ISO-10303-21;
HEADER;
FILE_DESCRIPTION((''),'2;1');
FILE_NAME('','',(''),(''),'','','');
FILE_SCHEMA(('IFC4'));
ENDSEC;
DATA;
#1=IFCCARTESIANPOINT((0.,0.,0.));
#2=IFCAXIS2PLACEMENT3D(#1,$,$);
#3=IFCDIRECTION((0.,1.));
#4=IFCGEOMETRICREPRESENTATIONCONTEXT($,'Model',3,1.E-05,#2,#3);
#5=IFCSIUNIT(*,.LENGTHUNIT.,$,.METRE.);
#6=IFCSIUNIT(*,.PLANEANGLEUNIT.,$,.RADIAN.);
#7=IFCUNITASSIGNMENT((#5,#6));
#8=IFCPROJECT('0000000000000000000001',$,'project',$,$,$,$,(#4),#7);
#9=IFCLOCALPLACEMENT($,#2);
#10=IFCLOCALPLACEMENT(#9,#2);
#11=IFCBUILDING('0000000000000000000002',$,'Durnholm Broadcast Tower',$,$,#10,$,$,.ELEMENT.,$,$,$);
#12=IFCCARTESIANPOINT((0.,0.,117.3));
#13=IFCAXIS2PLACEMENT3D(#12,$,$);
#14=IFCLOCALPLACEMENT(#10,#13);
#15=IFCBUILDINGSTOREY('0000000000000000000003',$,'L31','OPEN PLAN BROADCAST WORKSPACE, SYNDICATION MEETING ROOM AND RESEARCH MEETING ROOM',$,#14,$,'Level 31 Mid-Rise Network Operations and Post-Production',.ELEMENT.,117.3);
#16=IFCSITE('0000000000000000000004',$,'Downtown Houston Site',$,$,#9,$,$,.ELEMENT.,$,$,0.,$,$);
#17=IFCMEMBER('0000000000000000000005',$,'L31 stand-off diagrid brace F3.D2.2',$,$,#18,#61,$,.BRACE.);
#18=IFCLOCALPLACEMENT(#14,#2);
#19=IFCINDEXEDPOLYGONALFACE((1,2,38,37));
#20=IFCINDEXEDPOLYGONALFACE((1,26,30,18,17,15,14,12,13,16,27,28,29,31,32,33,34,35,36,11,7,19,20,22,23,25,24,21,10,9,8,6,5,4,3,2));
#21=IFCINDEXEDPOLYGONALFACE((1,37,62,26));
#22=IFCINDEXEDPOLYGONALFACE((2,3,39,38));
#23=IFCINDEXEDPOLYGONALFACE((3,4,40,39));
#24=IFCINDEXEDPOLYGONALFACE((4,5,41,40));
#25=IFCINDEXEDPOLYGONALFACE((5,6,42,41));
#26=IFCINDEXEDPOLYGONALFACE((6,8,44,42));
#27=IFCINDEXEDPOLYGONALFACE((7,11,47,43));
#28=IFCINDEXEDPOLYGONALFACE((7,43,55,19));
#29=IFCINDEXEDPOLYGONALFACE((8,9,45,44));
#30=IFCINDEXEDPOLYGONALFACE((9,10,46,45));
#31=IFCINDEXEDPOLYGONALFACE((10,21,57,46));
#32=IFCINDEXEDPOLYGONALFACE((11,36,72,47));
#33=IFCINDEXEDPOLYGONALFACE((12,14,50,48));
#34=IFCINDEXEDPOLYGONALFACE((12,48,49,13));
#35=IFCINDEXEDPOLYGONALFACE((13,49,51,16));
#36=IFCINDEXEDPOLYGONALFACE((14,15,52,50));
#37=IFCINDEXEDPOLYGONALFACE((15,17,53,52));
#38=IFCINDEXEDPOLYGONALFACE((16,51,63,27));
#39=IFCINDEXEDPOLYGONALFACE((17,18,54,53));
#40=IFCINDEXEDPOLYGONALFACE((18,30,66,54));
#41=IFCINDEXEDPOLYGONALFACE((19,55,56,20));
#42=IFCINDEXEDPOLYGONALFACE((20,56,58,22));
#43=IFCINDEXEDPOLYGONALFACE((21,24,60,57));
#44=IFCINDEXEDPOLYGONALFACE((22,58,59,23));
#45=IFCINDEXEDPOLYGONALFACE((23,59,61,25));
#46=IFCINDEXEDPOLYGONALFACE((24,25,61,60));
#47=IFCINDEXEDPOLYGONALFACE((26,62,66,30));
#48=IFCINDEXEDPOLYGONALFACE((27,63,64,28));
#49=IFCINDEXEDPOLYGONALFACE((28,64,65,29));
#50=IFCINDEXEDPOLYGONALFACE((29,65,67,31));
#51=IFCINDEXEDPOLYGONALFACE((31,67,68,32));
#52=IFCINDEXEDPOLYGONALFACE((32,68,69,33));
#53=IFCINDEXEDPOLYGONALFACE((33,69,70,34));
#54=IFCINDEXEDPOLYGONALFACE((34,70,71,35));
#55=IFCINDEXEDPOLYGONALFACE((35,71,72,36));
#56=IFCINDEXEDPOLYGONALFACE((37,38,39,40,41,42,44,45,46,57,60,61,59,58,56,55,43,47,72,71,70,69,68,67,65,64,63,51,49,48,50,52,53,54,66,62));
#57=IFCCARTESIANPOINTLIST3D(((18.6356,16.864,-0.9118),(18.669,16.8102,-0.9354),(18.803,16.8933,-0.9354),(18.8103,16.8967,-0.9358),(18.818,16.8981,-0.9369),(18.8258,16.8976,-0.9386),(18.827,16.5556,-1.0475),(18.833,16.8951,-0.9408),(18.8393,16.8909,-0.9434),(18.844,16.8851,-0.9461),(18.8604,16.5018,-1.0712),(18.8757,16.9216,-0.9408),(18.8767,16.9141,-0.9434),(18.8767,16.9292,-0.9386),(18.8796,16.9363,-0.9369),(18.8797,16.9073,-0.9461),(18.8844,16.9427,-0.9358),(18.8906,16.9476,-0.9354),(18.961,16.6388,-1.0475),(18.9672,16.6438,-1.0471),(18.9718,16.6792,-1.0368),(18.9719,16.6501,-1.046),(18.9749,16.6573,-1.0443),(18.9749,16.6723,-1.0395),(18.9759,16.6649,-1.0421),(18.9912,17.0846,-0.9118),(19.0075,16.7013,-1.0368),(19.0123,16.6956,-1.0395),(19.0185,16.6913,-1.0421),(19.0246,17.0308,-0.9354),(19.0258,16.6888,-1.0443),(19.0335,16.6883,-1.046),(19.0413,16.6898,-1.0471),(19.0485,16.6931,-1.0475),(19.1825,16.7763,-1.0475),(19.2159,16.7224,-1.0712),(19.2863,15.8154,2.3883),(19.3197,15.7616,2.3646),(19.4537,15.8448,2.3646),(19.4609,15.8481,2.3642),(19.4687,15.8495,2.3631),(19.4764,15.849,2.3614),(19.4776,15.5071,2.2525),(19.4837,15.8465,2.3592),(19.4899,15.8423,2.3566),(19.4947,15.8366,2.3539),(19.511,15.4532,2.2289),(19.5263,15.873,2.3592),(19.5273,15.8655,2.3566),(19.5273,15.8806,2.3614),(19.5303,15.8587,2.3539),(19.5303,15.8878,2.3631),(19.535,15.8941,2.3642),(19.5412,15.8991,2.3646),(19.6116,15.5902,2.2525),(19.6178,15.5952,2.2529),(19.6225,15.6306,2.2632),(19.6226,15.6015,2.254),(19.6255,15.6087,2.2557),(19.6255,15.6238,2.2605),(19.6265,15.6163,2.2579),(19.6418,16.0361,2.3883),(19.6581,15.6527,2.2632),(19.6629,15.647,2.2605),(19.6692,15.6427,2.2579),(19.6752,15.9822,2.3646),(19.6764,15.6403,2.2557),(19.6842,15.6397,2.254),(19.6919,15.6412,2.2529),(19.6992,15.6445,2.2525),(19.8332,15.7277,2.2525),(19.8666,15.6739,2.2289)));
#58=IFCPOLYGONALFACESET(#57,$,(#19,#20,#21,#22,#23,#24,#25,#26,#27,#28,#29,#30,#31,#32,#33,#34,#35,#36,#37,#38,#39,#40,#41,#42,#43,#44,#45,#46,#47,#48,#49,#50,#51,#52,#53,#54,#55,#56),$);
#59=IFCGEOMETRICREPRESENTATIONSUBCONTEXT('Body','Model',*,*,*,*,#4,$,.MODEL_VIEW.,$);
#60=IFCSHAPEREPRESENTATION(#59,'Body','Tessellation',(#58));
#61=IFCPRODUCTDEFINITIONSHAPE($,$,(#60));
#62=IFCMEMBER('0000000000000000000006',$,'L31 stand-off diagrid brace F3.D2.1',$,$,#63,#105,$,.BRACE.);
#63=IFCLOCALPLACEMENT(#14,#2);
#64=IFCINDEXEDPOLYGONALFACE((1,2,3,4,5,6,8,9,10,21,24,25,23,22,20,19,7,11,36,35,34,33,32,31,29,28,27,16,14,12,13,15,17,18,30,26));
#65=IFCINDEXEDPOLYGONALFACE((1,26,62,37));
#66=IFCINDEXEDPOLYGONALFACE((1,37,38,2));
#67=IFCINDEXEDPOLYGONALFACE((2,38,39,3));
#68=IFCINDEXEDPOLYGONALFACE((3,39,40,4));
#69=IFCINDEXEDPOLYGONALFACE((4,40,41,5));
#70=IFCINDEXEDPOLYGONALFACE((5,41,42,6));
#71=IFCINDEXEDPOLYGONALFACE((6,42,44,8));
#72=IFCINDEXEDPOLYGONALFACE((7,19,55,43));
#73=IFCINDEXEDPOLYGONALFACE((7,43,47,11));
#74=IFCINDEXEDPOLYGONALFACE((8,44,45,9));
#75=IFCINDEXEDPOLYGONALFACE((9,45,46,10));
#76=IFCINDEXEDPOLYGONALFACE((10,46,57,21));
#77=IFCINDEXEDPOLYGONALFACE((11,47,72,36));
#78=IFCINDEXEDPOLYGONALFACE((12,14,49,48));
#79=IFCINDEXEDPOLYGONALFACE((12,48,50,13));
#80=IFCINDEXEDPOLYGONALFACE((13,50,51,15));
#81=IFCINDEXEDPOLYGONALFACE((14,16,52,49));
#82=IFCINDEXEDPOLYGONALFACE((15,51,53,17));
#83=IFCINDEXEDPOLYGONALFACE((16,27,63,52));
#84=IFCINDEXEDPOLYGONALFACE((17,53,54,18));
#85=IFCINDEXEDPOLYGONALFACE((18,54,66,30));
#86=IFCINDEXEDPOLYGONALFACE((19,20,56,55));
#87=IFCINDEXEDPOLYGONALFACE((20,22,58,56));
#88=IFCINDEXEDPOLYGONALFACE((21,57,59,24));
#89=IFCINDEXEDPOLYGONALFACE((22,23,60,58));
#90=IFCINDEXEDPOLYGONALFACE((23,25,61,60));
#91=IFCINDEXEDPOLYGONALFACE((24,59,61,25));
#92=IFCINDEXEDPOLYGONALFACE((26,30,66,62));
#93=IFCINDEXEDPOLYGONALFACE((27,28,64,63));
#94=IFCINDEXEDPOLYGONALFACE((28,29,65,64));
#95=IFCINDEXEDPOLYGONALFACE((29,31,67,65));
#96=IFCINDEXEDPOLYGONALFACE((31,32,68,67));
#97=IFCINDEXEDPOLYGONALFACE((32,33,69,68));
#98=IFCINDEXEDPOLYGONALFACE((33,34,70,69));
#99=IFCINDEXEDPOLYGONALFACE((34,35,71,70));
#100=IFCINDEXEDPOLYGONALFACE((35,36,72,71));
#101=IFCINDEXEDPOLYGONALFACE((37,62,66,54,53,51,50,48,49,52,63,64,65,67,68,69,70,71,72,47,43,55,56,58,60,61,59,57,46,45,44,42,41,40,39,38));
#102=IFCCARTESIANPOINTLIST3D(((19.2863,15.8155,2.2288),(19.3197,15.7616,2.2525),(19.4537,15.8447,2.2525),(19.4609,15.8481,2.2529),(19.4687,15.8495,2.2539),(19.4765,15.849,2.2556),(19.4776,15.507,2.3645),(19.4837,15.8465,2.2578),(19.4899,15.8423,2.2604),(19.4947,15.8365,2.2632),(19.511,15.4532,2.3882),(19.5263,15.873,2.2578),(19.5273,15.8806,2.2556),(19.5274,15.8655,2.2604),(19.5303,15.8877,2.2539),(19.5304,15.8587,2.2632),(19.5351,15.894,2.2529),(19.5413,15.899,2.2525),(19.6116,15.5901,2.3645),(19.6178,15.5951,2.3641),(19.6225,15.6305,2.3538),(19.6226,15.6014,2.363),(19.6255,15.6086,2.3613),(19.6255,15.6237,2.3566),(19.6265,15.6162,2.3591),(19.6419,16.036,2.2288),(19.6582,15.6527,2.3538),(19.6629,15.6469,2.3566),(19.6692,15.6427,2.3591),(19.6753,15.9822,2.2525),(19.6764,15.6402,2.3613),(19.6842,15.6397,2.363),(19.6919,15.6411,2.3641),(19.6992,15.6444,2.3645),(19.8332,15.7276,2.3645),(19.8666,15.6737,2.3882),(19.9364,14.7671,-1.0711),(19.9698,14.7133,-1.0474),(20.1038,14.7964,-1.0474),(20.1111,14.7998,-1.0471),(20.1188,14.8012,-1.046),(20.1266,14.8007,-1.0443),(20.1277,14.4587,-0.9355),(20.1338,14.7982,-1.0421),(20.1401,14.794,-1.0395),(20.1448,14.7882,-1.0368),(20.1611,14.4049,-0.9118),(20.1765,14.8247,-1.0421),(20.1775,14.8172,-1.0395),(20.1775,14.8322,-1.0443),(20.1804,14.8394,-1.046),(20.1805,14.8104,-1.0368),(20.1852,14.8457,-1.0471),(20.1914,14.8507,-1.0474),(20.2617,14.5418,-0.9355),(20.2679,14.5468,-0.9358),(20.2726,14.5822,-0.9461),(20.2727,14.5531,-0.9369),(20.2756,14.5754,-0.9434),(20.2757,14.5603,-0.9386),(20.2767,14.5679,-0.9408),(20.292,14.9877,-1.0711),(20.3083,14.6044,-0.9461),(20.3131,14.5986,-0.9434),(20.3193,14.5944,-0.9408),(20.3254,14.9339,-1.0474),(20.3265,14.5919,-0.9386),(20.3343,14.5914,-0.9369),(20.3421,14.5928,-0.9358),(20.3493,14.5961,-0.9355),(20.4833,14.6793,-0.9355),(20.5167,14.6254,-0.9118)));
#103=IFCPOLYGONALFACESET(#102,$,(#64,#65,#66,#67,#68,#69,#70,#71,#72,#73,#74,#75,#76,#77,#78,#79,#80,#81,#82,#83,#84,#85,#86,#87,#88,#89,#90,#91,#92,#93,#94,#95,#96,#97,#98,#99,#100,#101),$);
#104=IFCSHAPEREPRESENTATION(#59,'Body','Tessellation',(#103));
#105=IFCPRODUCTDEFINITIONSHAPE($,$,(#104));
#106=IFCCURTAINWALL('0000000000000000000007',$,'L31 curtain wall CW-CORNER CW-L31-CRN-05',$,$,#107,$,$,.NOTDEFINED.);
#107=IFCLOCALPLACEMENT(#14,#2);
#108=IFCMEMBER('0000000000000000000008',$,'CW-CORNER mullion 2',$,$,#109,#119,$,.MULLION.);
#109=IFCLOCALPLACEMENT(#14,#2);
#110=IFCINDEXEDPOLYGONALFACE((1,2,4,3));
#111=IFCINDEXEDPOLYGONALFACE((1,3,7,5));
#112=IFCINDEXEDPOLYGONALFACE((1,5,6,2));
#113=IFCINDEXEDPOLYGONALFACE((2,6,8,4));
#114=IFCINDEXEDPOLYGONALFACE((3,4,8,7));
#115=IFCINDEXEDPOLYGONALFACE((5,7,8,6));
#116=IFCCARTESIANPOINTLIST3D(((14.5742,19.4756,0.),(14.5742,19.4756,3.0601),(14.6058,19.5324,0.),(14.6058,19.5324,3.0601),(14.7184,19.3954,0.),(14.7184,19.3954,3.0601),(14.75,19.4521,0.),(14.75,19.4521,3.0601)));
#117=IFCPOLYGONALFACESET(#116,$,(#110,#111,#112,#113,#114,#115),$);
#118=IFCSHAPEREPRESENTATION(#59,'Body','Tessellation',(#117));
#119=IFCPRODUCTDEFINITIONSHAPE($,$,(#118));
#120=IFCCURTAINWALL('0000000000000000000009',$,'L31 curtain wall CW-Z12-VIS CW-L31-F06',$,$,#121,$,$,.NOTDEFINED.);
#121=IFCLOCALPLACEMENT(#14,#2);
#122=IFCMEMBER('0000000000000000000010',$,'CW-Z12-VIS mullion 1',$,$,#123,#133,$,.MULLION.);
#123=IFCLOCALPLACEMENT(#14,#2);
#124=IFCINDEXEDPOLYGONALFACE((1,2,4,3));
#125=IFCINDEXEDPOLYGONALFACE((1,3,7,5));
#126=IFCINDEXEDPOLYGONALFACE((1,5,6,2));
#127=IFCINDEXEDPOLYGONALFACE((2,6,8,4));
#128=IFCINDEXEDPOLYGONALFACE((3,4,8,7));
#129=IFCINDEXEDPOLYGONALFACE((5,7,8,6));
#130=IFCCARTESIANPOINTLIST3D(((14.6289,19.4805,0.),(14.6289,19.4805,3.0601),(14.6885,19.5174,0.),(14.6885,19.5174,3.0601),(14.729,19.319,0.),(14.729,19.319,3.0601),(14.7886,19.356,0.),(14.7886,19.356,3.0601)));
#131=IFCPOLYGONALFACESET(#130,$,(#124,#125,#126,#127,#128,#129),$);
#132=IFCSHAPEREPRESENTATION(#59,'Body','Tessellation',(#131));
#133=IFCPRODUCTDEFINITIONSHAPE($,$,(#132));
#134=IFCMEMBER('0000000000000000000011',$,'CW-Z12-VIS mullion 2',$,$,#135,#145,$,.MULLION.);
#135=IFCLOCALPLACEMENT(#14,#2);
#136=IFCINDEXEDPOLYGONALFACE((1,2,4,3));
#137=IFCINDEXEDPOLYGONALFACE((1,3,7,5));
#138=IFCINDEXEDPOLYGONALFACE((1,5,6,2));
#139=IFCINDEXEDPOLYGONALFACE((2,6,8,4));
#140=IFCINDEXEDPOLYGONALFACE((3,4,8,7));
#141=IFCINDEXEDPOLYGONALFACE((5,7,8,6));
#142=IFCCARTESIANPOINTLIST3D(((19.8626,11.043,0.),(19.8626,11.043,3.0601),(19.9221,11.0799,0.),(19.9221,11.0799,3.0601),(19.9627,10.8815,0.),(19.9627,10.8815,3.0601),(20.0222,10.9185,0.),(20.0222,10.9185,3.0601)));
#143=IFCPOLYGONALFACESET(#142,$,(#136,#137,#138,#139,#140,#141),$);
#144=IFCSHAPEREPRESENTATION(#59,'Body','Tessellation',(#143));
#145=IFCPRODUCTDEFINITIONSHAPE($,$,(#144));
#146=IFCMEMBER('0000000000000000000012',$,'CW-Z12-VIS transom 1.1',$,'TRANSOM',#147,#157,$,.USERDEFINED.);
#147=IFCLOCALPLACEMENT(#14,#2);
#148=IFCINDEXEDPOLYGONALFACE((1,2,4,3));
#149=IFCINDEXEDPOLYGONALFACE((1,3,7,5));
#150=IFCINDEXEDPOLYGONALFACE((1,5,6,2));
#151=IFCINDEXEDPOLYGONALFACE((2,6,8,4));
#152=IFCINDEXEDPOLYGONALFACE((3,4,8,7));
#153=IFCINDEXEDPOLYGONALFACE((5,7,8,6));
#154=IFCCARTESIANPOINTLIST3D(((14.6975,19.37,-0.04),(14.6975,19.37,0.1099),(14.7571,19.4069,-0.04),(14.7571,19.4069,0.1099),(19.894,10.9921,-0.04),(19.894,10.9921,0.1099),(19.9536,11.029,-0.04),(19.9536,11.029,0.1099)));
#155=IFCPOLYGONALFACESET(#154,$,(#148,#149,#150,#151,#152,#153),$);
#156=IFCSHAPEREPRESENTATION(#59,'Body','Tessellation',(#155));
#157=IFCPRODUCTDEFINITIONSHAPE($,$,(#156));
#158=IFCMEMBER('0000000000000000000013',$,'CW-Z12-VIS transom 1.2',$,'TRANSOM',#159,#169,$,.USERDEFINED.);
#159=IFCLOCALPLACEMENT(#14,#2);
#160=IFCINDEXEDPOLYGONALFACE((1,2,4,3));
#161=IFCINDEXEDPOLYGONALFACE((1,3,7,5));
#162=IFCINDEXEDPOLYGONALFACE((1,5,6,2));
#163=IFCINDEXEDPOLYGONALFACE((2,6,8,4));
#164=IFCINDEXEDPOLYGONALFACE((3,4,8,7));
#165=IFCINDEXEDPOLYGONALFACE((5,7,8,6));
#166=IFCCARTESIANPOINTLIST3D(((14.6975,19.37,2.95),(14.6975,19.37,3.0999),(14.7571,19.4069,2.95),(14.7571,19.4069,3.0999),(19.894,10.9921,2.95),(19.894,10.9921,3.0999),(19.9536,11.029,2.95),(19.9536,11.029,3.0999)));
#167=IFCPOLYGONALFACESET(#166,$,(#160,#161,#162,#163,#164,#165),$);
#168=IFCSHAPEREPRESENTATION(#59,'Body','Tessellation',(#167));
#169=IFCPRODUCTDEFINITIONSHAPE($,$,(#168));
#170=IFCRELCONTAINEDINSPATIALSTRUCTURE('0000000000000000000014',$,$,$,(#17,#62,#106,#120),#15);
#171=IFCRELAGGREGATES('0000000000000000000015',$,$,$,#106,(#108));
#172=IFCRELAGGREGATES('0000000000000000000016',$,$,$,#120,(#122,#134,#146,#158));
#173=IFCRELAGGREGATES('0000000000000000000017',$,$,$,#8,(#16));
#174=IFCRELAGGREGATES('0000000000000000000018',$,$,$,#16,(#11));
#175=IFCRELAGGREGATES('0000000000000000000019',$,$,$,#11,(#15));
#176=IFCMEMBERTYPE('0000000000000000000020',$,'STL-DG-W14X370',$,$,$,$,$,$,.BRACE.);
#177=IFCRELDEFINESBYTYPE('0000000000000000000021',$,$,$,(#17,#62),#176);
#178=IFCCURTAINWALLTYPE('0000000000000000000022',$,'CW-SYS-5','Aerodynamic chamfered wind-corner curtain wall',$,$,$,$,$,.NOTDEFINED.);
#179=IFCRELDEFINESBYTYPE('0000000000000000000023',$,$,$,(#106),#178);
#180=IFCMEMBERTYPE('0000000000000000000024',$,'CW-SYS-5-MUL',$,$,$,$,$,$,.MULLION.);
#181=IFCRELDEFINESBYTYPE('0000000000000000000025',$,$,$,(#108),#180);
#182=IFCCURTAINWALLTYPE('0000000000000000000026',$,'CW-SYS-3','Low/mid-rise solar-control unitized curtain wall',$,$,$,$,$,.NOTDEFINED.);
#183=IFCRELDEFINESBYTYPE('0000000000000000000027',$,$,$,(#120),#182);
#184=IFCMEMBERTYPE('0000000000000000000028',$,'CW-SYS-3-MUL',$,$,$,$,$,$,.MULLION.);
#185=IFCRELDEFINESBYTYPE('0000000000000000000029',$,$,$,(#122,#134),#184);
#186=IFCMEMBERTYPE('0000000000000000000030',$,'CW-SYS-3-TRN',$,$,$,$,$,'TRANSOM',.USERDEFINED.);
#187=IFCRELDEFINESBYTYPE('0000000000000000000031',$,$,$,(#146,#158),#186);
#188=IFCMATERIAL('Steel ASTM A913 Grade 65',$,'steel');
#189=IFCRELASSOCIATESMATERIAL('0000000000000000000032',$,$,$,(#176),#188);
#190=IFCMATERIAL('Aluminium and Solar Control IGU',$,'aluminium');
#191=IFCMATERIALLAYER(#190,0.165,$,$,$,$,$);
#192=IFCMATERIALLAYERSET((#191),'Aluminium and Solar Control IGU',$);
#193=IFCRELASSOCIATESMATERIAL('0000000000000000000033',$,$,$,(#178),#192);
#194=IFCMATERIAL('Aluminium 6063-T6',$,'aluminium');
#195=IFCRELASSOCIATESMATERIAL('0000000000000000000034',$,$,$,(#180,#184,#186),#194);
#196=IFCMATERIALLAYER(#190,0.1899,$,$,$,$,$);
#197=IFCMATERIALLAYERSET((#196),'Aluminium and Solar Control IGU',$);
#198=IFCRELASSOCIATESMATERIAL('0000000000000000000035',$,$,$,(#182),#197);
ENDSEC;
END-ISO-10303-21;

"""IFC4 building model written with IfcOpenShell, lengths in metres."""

from ifc_helpers import new_model, si_unit, direction, frame, origin, origin_2d, place, context, subcontext, project, spatial, rectangle, i_section, extrude, source, transform, mapped, material, layer, layer_set, material_profile, profile_set, type_object, type_shapes, element, aggregate, save


model = new_model("IFC4")

# Units and contexts
model_context = context("Model", 3, precision=1e-05, world=origin(), true_north=direction((0.0, 1.0)))
body_context = subcontext(model_context, "Body", "Model", "MODEL_VIEW")
ifc_project = project(units=[si_unit("LENGTHUNIT", "METRE"), si_unit("PLANEANGLEUNIT", "RADIAN")], contexts=[model_context])

# Site, building, storey
site_placement = place(None, origin())
site = spatial("IfcSite", under=ifc_project, at=site_placement, Name="Downtown Houston Site", CompositionType="ELEMENT", RefElevation=0.0)
building_placement = place(site_placement, origin())
building = spatial("IfcBuilding", under=site, at=building_placement, Name="Durnholm Broadcast Tower", CompositionType="ELEMENT")
storey_placement = place(building_placement, frame((0.0, 0.0, 117.3)))
storey = spatial("IfcBuildingStorey", under=building, at=storey_placement, Name="L31", Description="OPEN PLAN BROADCAST WORKSPACE, SYNDICATION MEETING ROOM AND RESEARCH MEETING ROOM", LongName="Level 31 Mid-Rise Network Operations and Post-Production", CompositionType="ELEMENT", Elevation=117.3)

# Members
ifc_material_1 = material(Name="Steel ASTM A913 Grade 65", Category="steel")
ifc_material_profile_1 = material_profile(ifc_material_1, i_section(OverallWidth=0.4185, OverallDepth=0.4551, WebThickness=0.042, FlangeThickness=0.0676, FilletRadius=0.0305, at=origin_2d()), Name="W14X370")
ifc_profile_set_1 = profile_set([ifc_material_profile_1], Name="Steel ASTM A913 Grade 65")
member_type_1 = type_object("IfcMemberType", Name="STL-DG-W14X370", PredefinedType="BRACE", material=ifc_profile_set_1)
shared_shape_1 = source(origin(), body_context, "Body", "SweptSolid", [
    extrude(i_section(OverallWidth=0.4185, OverallDepth=0.4551, WebThickness=0.042, FlangeThickness=0.0676, FilletRadius=0.0305, at=origin_2d()), origin(), (0.0, 0.0, 1.0), 3.5232),
])
for number, where, z_axis, x_axis, name in (
    (1, (18.9258, 16.7932, -0.9915), (0.18467, -0.29762, 0.936653), (0.849717, 0.52724, 0.0), "L31 stand-off diagrid brace F3.D2.2"),
):
    element("IfcMember", number, at=place(storey_placement, frame(where, z_axis=z_axis, x_axis=x_axis)), inside=storey, type_object=member_type_1, Name=name, PredefinedType="BRACE", context=body_context, shape_type="MappedRepresentation", body=[
        mapped(shared_shape_1, transform((0.0, 0.0, 0.0), x_axis=(1.0, 0.0, 0.0), y_axis=(0.0, 1.0, 0.0), z_axis=(0.0, 0.0, 1.0), scale=1.0)),
    ])
shared_shape_2 = source(origin(), body_context, "Body", "SweptSolid", [
    extrude(i_section(OverallWidth=0.4185, OverallDepth=0.4551, WebThickness=0.042, FlangeThickness=0.0676, FilletRadius=0.0305, at=origin_2d()), origin(), (0.0, 0.0, 1.0), 3.5229),
])
type_shapes(member_type_1, [shared_shape_1, shared_shape_2])
member_1_placement = place(storey_placement, frame((20.2266, 14.6963, -0.9915), z_axis=(-0.18454, 0.297564, 0.936697), x_axis=(-0.849839, -0.527043, 0.0)))
element("IfcMember", 2, at=member_1_placement, inside=storey, type_object=member_type_1, Name="L31 stand-off diagrid brace F3.D2.1", PredefinedType="BRACE", context=body_context, shape_type="MappedRepresentation", body=[
    mapped(shared_shape_2, transform((0.0, 0.0, 0.0), x_axis=(1.0, 0.0, 0.0), y_axis=(0.0, 1.0, 0.0), z_axis=(0.0, 0.0, 1.0), scale=1.0)),
])

# Curtain wall, member
ifc_material_2 = material(Name="Aluminium and Solar Control IGU", Category="aluminium")
ifc_layer_1 = layer(ifc_material_2, 0.165)
ifc_layer_set_1 = layer_set([ifc_layer_1], Name="Aluminium and Solar Control IGU")
curtain_wall_type_1 = type_object("IfcCurtainWallType", Name="CW-SYS-5", Description="Aerodynamic chamfered wind-corner curtain wall", PredefinedType="NOTDEFINED", material=ifc_layer_set_1)
curtain_wall_1_placement = place(storey_placement, origin())
curtain_wall_1 = element("IfcCurtainWall", 3, at=curtain_wall_1_placement, inside=storey, type_object=curtain_wall_type_1, Name="L31 curtain wall CW-CORNER CW-L31-CRN-05", PredefinedType="NOTDEFINED")
ifc_material_3 = material(Name="Aluminium 6063-T6", Category="aluminium")
ifc_material_profile_2 = material_profile(ifc_material_3, rectangle(XDim=0.0649, YDim=0.165, at=origin_2d()), Name="CWM65X165")
ifc_profile_set_2 = profile_set([ifc_material_profile_2], Name="Aluminium 6063-T6")
member_type_2 = type_object("IfcMemberType", Name="CW-SYS-5-MUL", PredefinedType="MULLION", material=ifc_profile_set_2)
shared_shape_3 = source(origin(), body_context, "Body", "SweptSolid", [
    extrude(rectangle(XDim=0.0649, YDim=0.165, at=origin_2d()), origin(), (0.0, 0.0, 1.0), 3.0601),
])
type_shapes(member_type_2, [shared_shape_3])
member_2_placement = place(storey_placement, frame((14.6621, 19.4639, 0.0), z_axis=(0.0, 0.0, 1.0), x_axis=(0.486244, 0.873823, 0.0)))
member_2 = element("IfcMember", 4, at=member_2_placement, type_object=member_type_2, Name="CW-CORNER mullion 2", PredefinedType="MULLION", context=body_context, shape_type="MappedRepresentation", body=[
    mapped(shared_shape_3, transform((0.0, 0.0, 0.0), x_axis=(1.0, 0.0, 0.0), y_axis=(0.0, 1.0, 0.0), z_axis=(0.0, 0.0, 1.0), scale=1.0)),
])

# Curtain wall, members
ifc_layer_2 = layer(ifc_material_2, 0.1899)
ifc_layer_set_2 = layer_set([ifc_layer_2], Name="Aluminium and Solar Control IGU")
curtain_wall_type_2 = type_object("IfcCurtainWallType", Name="CW-SYS-3", Description="Low/mid-rise solar-control unitized curtain wall", PredefinedType="NOTDEFINED", material=ifc_layer_set_2)
curtain_wall_2_placement = place(storey_placement, origin())
curtain_wall_2 = element("IfcCurtainWall", 5, at=curtain_wall_2_placement, inside=storey, type_object=curtain_wall_type_2, Name="L31 curtain wall CW-Z12-VIS CW-L31-F06", PredefinedType="NOTDEFINED")
ifc_material_profile_3 = material_profile(ifc_material_3, rectangle(XDim=0.0701, YDim=0.1899, at=origin_2d()), Name="CWM70X190")
ifc_profile_set_3 = profile_set([ifc_material_profile_3], Name="Aluminium 6063-T6")
member_type_3 = type_object("IfcMemberType", Name="CW-SYS-3-MUL", PredefinedType="MULLION", material=ifc_profile_set_3)
shared_shape_4 = source(origin(), body_context, "Body", "SweptSolid", [
    extrude(rectangle(XDim=0.0701, YDim=0.1899, at=origin_2d()), origin(), (0.0, 0.0, 1.0), 3.0601),
])
type_shapes(member_type_3, [shared_shape_4])
member_3_placement = place(storey_placement, frame((14.7087, 19.4182, 0.0), z_axis=(0.0, 0.0, 1.0), x_axis=(0.8498, 0.527105, 0.0)))
member_3 = element("IfcMember", 6, at=member_3_placement, type_object=member_type_3, Name="CW-Z12-VIS mullion 1", PredefinedType="MULLION", context=body_context, shape_type="MappedRepresentation", body=[
    mapped(shared_shape_4, transform((0.0, 0.0, 0.0), x_axis=(1.0, 0.0, 0.0), y_axis=(0.0, 1.0, 0.0), z_axis=(0.0, 0.0, 1.0), scale=1.0)),
])
member_4_placement = place(storey_placement, frame((19.9424, 10.9807, 0.0), z_axis=(0.0, 0.0, 1.0), x_axis=(0.8498, 0.527105, 0.0)))
member_4 = element("IfcMember", 7, at=member_4_placement, type_object=member_type_3, Name="CW-Z12-VIS mullion 2", PredefinedType="MULLION", context=body_context, shape_type="MappedRepresentation", body=[
    mapped(shared_shape_4, transform((0.0, 0.0, 0.0), x_axis=(1.0, 0.0, 0.0), y_axis=(0.0, 1.0, 0.0), z_axis=(0.0, 0.0, 1.0), scale=1.0)),
])
ifc_material_profile_4 = material_profile(ifc_material_3, rectangle(XDim=0.0701, YDim=0.1499, at=origin_2d()), Name="CWT70X150")
ifc_profile_set_4 = profile_set([ifc_material_profile_4], Name="Aluminium 6063-T6")
member_type_4 = type_object("IfcMemberType", Name="CW-SYS-3-TRN", ElementType="TRANSOM", PredefinedType="USERDEFINED", material=ifc_profile_set_4)
shared_shape_5 = source(origin(), body_context, "Body", "SweptSolid", [
    extrude(rectangle(XDim=0.0701, YDim=0.1499, at=origin_2d()), origin(), (0.0, 0.0, 1.0), 9.8586),
])
member_5_placement = place(storey_placement, frame((14.7273, 19.3884, 0.0349), z_axis=(0.527102, -0.849802, 0.0), x_axis=(0.849802, 0.527102, 0.0)))
member_5 = element("IfcMember", 8, at=member_5_placement, type_object=member_type_4, Name="CW-Z12-VIS transom 1.1", ObjectType="TRANSOM", PredefinedType="USERDEFINED", context=body_context, shape_type="MappedRepresentation", body=[
    mapped(shared_shape_5, transform((0.0, 0.0, 0.0), x_axis=(1.0, 0.0, 0.0), y_axis=(0.0, 1.0, 0.0), z_axis=(0.0, 0.0, 1.0), scale=1.0)),
])
member_6_placement = place(storey_placement, frame((14.7273, 19.3884, 3.0249), z_axis=(0.527102, -0.849802, 0.0), x_axis=(0.849802, 0.527102, 0.0)))
member_6 = element("IfcMember", 9, at=member_6_placement, type_object=member_type_4, Name="CW-Z12-VIS transom 1.2", ObjectType="TRANSOM", PredefinedType="USERDEFINED", context=body_context, shape_type="MappedRepresentation", body=[
    mapped(shared_shape_5, transform((0.0, 0.0, 0.0), x_axis=(1.0, 0.0, 0.0), y_axis=(0.0, 1.0, 0.0), z_axis=(0.0, 0.0, 1.0), scale=1.0)),
])

aggregate(curtain_wall_1, [member_2])
aggregate(curtain_wall_2, [member_3, member_4, member_5, member_6])

save(model, "model.ifc")
